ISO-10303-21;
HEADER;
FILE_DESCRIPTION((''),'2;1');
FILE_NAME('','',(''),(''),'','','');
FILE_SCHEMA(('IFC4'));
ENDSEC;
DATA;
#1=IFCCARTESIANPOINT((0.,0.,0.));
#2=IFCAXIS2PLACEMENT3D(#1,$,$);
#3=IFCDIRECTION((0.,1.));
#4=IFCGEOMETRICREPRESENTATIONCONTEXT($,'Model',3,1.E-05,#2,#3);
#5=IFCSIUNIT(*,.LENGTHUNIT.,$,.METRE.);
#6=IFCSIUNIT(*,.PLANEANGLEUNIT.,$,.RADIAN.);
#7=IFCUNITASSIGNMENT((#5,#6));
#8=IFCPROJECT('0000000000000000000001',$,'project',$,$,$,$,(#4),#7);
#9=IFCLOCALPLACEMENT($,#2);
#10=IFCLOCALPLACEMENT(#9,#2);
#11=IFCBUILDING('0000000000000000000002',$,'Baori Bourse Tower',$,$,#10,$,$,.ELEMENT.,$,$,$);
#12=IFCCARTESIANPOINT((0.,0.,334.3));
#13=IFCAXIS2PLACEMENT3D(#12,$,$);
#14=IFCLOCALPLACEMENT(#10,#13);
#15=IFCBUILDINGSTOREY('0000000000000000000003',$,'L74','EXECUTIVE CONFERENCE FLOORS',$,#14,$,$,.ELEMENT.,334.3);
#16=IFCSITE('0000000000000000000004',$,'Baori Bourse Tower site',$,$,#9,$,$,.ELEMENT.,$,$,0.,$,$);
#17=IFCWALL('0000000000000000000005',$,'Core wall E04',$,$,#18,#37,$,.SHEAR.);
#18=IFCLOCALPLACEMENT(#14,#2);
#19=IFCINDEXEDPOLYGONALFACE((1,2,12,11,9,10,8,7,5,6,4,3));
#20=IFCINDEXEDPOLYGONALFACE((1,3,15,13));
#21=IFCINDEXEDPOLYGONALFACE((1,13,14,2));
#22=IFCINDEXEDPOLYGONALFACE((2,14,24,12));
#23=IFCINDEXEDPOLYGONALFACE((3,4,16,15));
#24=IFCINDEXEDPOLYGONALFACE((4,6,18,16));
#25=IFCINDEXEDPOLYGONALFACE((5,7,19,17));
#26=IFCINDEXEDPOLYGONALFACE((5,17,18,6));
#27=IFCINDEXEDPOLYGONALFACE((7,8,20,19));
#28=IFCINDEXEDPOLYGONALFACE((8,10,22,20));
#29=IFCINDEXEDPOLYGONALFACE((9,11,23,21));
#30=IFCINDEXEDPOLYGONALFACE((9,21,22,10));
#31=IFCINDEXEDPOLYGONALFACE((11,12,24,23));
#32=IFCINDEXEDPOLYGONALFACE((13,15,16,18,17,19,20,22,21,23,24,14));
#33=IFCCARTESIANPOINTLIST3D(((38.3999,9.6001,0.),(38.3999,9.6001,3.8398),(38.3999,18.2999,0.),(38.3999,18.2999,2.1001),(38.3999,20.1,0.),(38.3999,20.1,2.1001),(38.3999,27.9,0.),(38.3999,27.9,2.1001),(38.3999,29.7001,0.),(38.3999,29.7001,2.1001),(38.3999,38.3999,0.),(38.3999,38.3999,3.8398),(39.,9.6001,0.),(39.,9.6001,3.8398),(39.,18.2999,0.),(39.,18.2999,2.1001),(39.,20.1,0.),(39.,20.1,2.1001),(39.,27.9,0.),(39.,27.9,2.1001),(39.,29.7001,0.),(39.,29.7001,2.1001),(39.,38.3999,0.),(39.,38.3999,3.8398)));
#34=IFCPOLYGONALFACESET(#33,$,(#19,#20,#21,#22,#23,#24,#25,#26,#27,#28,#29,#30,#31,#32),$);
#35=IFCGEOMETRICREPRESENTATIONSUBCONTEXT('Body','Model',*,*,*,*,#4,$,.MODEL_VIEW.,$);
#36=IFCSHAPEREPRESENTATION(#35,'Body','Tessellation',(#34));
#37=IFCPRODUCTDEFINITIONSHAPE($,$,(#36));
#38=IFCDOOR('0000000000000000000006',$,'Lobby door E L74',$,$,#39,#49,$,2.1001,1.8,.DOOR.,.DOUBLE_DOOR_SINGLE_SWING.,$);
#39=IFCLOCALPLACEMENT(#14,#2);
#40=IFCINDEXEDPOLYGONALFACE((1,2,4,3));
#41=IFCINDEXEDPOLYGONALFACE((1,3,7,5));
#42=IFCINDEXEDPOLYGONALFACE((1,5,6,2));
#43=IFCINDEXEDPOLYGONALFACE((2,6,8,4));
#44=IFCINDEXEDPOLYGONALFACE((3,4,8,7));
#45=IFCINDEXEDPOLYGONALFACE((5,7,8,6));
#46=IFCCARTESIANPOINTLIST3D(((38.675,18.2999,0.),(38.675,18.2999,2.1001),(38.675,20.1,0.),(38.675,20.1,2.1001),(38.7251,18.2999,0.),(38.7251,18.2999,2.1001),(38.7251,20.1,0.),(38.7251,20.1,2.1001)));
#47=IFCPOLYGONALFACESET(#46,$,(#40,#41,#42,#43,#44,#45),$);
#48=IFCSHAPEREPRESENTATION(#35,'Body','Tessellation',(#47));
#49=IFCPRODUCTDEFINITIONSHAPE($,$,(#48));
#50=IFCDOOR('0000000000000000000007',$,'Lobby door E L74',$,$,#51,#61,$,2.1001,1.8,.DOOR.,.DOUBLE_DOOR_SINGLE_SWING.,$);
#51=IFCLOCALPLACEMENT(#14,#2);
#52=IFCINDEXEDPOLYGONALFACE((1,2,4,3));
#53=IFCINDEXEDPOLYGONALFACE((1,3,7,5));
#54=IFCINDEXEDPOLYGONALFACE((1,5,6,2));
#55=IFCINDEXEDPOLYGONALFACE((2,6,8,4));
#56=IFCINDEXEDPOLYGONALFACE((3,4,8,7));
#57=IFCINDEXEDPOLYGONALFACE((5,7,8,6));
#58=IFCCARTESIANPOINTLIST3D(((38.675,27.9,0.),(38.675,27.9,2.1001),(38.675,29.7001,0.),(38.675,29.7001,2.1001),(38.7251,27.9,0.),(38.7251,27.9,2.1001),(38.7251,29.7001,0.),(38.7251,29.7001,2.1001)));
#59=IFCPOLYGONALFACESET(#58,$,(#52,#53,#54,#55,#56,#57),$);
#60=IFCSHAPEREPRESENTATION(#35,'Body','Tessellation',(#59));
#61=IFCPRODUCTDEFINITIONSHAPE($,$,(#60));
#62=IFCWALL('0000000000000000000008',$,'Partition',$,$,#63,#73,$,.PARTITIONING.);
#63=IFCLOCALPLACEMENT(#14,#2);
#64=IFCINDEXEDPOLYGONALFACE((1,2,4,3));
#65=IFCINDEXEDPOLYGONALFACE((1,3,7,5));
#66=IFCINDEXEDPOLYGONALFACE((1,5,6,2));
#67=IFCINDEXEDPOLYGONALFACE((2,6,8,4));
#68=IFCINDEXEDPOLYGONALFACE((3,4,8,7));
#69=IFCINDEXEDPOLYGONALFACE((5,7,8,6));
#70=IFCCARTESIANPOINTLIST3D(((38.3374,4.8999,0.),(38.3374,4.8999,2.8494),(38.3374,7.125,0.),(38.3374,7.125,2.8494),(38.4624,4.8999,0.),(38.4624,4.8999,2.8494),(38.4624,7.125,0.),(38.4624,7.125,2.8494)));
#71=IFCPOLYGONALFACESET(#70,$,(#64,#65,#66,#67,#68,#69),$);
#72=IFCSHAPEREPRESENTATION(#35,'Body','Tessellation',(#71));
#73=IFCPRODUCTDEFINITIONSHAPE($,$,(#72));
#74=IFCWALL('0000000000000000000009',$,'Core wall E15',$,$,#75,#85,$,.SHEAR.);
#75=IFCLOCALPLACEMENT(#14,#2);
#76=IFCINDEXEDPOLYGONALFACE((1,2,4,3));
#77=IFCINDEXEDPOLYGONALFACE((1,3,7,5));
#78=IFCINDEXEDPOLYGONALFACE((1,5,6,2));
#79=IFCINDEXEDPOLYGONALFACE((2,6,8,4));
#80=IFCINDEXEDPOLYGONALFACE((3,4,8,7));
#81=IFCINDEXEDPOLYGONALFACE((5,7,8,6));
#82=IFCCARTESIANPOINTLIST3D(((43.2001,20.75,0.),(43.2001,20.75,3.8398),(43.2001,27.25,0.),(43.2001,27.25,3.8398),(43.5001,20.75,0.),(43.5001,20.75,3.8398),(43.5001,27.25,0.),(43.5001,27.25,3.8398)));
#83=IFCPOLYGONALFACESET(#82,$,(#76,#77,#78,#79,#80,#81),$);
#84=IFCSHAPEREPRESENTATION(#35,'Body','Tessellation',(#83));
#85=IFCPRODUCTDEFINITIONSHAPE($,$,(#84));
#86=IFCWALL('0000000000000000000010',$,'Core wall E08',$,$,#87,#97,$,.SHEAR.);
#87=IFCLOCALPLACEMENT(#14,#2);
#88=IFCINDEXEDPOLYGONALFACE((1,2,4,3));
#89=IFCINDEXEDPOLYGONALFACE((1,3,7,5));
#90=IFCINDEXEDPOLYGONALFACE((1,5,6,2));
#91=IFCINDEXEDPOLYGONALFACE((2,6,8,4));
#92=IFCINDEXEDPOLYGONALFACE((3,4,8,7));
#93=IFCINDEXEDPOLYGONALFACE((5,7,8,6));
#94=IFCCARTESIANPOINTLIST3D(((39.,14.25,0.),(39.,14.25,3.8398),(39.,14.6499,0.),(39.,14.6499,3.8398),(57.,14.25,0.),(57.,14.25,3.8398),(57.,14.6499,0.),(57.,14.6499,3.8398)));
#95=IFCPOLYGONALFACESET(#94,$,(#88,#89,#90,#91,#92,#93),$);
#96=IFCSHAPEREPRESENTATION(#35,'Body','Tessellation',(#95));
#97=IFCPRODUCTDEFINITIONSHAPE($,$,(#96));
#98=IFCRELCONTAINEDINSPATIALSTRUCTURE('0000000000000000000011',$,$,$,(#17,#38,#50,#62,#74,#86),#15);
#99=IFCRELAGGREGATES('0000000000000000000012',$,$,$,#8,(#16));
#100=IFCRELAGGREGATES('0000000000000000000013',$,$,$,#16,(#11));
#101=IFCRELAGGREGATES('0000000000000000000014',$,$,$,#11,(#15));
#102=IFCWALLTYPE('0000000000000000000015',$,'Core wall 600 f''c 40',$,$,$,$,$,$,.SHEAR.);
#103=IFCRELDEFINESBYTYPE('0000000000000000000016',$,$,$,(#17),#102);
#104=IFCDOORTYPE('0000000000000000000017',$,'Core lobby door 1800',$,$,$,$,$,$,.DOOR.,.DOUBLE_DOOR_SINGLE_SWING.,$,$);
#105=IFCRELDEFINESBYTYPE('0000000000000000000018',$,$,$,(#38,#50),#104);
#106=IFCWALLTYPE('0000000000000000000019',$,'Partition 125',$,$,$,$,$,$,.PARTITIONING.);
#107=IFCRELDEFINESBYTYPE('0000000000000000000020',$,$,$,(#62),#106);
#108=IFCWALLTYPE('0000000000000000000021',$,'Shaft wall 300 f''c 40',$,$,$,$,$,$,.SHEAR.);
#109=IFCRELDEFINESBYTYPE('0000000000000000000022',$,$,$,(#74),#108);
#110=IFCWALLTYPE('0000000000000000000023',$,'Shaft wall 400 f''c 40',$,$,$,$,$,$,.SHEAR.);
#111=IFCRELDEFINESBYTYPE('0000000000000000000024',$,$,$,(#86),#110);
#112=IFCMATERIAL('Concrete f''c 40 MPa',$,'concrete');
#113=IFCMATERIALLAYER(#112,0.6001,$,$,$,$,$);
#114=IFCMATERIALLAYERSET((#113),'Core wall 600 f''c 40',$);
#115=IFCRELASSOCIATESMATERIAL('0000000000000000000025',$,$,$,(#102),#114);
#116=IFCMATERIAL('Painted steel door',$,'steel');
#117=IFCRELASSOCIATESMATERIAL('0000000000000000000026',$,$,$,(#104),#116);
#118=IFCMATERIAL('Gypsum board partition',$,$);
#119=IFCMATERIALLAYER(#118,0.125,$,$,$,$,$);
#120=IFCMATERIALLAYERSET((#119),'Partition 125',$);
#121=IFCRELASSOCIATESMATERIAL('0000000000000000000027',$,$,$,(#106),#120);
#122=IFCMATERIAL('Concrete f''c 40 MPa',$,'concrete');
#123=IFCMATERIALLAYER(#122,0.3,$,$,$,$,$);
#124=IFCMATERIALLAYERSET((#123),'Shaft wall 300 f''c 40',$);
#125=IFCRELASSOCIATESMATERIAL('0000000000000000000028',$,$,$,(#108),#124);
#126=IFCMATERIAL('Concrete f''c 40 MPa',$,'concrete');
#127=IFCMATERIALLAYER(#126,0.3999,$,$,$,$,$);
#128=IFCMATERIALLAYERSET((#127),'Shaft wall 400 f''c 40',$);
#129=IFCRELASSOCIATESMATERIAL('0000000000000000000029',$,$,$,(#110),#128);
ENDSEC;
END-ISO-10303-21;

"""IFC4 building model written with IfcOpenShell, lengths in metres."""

from ifc_helpers import new_model, si_unit, direction, frame, frame_2d, origin, place, context, subcontext, project, spatial, rectangle, extrude, material, layer, layer_set, type_object, element, fill, save


model = new_model("IFC4")

# Units and contexts
model_context = context("Model", 3, precision=1e-05, world=origin(), true_north=direction((0.0, 1.0)))
body_context = subcontext(model_context, "Body", "Model", "MODEL_VIEW")
ifc_project = project(units=[si_unit("LENGTHUNIT", "METRE"), si_unit("PLANEANGLEUNIT", "RADIAN")], contexts=[model_context])

# Site, building, storey
site_placement = place(None, origin())
site = spatial("IfcSite", under=ifc_project, at=site_placement, Name="Baori Bourse Tower site", CompositionType="ELEMENT", RefElevation=0.0)
building_placement = place(site_placement, origin())
building = spatial("IfcBuilding", under=site, at=building_placement, Name="Baori Bourse Tower", CompositionType="ELEMENT")
storey_placement = place(building_placement, frame((0.0, 0.0, 334.3)))
storey = spatial("IfcBuildingStorey", under=building, at=storey_placement, Name="L74", Description="EXECUTIVE CONFERENCE FLOORS", CompositionType="ELEMENT", Elevation=334.3)

# Shared definitions
ifc_material_1 = material(Name="Concrete f'c 40 MPa", Category="concrete")
ifc_layer_1 = layer(ifc_material_1, 0.6001)
ifc_layer_set_1 = layer_set([ifc_layer_1], Name="Core wall 600 f'c 40")
wall_type_1 = type_object("IfcWallType", Name="Core wall 600 f'c 40", PredefinedType="SHEAR", material=ifc_layer_set_1)

# Wall, openings, doors
wall_1_placement = place(storey_placement, frame((38.7, 9.6001, 0.0), z_axis=(0.0, 0.0, 1.0), x_axis=(0.0, 1.0, 0.0)))
wall_1 = element("IfcWall", 1, at=wall_1_placement, inside=storey, type_object=wall_type_1, Name="Core wall E04", PredefinedType="SHEAR", context=body_context, shape_type="SweptSolid", body=[
    extrude(rectangle(XDim=28.7998, YDim=0.6001, at=frame_2d((14.3999, 0.0))), origin(), (0.0, 0.0, 1.0), 3.8398),
])
opening_1_placement = place(wall_1_placement, frame((8.7, 0.0, 0.0)))
opening_1 = element("IfcOpeningElement", 2, at=opening_1_placement, cuts=wall_1, PredefinedType="OPENING", context=body_context, shape_type="SweptSolid", body=[
    extrude(rectangle(XDim=1.8, YDim=2.1001, at=frame_2d((0.8999, 1.05))), frame((0.0, 0.3101, 0.0), z_axis=(0.0, -1.0, 0.0), x_axis=(1.0, 0.0, 0.0)), (0.0, 0.0, 1.0), 0.6201),
])
opening_2_placement = place(wall_1_placement, frame((18.3, 0.0, 0.0)))
opening_2 = element("IfcOpeningElement", 3, at=opening_2_placement, cuts=wall_1, PredefinedType="OPENING", context=body_context, shape_type="SweptSolid", body=[
    extrude(rectangle(XDim=1.8, YDim=2.1001, at=frame_2d((0.8999, 1.05))), frame((0.0, 0.3101, 0.0), z_axis=(0.0, -1.0, 0.0), x_axis=(1.0, 0.0, 0.0)), (0.0, 0.0, 1.0), 0.6201),
])
ifc_material_2 = material(Name="Painted steel door", Category="steel")
door_type_1 = type_object("IfcDoorType", Name="Core lobby door 1800", OperationType="DOUBLE_DOOR_SINGLE_SWING", PredefinedType="DOOR", material=ifc_material_2)
door_1_placement = place(opening_1_placement, origin())
door_1 = element("IfcDoor", 4, at=door_1_placement, inside=storey, type_object=door_type_1, Name="Lobby door E L74", OperationType="DOUBLE_DOOR_SINGLE_SWING", OverallHeight=2.1001, OverallWidth=1.8, PredefinedType="DOOR", context=body_context, shape_type="SweptSolid", body=[
    extrude(rectangle(XDim=1.8, YDim=2.1001, at=frame_2d((0.8999, 1.05))), frame((0.0, 0.0249, 0.0), z_axis=(0.0, -1.0, 0.0), x_axis=(1.0, 0.0, 0.0)), (0.0, 0.0, 1.0), 0.05),
])
fill(opening_1, door_1)
door_2_placement = place(opening_2_placement, origin())
door_2 = element("IfcDoor", 5, at=door_2_placement, inside=storey, type_object=door_type_1, Name="Lobby door E L74", OperationType="DOUBLE_DOOR_SINGLE_SWING", OverallHeight=2.1001, OverallWidth=1.8, PredefinedType="DOOR", context=body_context, shape_type="SweptSolid", body=[
    extrude(rectangle(XDim=1.8, YDim=2.1001, at=frame_2d((0.8999, 1.05))), frame((0.0, 0.0249, 0.0), z_axis=(0.0, -1.0, 0.0), x_axis=(1.0, 0.0, 0.0)), (0.0, 0.0, 1.0), 0.05),
])
fill(opening_2, door_2)

# Walls
ifc_material_3 = material(Name="Gypsum board partition")
ifc_layer_2 = layer(ifc_material_3, 0.125)
ifc_layer_set_2 = layer_set([ifc_layer_2], Name="Partition 125")
wall_type_2 = type_object("IfcWallType", Name="Partition 125", PredefinedType="PARTITIONING", material=ifc_layer_set_2)
wall_2_placement = place(storey_placement, frame((38.3999, 4.8999, 0.0), z_axis=(0.0, 0.0, 1.0), x_axis=(0.0, 1.0, 0.0)))
element("IfcWall", 6, at=wall_2_placement, inside=storey, type_object=wall_type_2, Name="Partition", PredefinedType="PARTITIONING", context=body_context, shape_type="SweptSolid", body=[
    extrude(rectangle(XDim=2.2251, YDim=0.125, at=frame_2d((1.1125, 0.0))), origin(), (0.0, 0.0, 1.0), 2.8494),
])
ifc_material_4 = material(Name="Concrete f'c 40 MPa", Category="concrete")
ifc_layer_3 = layer(ifc_material_4, 0.3)
ifc_layer_set_3 = layer_set([ifc_layer_3], Name="Shaft wall 300 f'c 40")
wall_type_3 = type_object("IfcWallType", Name="Shaft wall 300 f'c 40", PredefinedType="SHEAR", material=ifc_layer_set_3)
wall_3_placement = place(storey_placement, frame((43.3501, 20.75, 0.0), z_axis=(0.0, 0.0, 1.0), x_axis=(0.0, 1.0, 0.0)))
element("IfcWall", 7, at=wall_3_placement, inside=storey, type_object=wall_type_3, Name="Core wall E15", PredefinedType="SHEAR", context=body_context, shape_type="SweptSolid", body=[
    extrude(rectangle(XDim=6.5, YDim=0.3, at=frame_2d((3.25, 0.0))), origin(), (0.0, 0.0, 1.0), 3.8398),
])
ifc_material_5 = material(Name="Concrete f'c 40 MPa", Category="concrete")
ifc_layer_4 = layer(ifc_material_5, 0.3999)
ifc_layer_set_4 = layer_set([ifc_layer_4], Name="Shaft wall 400 f'c 40")
wall_type_4 = type_object("IfcWallType", Name="Shaft wall 400 f'c 40", PredefinedType="SHEAR", material=ifc_layer_set_4)
wall_4_placement = place(storey_placement, frame((39.0, 14.45, 0.0), z_axis=(0.0, 0.0, 1.0), x_axis=(1.0, 0.0, 0.0)))
element("IfcWall", 8, at=wall_4_placement, inside=storey, type_object=wall_type_4, Name="Core wall E08", PredefinedType="SHEAR", context=body_context, shape_type="SweptSolid", body=[
    extrude(rectangle(XDim=18.0, YDim=0.3999, at=frame_2d((9.0, 0.0))), origin(), (0.0, 0.0, 1.0), 3.8398),
])

save(model, "model.ifc")
